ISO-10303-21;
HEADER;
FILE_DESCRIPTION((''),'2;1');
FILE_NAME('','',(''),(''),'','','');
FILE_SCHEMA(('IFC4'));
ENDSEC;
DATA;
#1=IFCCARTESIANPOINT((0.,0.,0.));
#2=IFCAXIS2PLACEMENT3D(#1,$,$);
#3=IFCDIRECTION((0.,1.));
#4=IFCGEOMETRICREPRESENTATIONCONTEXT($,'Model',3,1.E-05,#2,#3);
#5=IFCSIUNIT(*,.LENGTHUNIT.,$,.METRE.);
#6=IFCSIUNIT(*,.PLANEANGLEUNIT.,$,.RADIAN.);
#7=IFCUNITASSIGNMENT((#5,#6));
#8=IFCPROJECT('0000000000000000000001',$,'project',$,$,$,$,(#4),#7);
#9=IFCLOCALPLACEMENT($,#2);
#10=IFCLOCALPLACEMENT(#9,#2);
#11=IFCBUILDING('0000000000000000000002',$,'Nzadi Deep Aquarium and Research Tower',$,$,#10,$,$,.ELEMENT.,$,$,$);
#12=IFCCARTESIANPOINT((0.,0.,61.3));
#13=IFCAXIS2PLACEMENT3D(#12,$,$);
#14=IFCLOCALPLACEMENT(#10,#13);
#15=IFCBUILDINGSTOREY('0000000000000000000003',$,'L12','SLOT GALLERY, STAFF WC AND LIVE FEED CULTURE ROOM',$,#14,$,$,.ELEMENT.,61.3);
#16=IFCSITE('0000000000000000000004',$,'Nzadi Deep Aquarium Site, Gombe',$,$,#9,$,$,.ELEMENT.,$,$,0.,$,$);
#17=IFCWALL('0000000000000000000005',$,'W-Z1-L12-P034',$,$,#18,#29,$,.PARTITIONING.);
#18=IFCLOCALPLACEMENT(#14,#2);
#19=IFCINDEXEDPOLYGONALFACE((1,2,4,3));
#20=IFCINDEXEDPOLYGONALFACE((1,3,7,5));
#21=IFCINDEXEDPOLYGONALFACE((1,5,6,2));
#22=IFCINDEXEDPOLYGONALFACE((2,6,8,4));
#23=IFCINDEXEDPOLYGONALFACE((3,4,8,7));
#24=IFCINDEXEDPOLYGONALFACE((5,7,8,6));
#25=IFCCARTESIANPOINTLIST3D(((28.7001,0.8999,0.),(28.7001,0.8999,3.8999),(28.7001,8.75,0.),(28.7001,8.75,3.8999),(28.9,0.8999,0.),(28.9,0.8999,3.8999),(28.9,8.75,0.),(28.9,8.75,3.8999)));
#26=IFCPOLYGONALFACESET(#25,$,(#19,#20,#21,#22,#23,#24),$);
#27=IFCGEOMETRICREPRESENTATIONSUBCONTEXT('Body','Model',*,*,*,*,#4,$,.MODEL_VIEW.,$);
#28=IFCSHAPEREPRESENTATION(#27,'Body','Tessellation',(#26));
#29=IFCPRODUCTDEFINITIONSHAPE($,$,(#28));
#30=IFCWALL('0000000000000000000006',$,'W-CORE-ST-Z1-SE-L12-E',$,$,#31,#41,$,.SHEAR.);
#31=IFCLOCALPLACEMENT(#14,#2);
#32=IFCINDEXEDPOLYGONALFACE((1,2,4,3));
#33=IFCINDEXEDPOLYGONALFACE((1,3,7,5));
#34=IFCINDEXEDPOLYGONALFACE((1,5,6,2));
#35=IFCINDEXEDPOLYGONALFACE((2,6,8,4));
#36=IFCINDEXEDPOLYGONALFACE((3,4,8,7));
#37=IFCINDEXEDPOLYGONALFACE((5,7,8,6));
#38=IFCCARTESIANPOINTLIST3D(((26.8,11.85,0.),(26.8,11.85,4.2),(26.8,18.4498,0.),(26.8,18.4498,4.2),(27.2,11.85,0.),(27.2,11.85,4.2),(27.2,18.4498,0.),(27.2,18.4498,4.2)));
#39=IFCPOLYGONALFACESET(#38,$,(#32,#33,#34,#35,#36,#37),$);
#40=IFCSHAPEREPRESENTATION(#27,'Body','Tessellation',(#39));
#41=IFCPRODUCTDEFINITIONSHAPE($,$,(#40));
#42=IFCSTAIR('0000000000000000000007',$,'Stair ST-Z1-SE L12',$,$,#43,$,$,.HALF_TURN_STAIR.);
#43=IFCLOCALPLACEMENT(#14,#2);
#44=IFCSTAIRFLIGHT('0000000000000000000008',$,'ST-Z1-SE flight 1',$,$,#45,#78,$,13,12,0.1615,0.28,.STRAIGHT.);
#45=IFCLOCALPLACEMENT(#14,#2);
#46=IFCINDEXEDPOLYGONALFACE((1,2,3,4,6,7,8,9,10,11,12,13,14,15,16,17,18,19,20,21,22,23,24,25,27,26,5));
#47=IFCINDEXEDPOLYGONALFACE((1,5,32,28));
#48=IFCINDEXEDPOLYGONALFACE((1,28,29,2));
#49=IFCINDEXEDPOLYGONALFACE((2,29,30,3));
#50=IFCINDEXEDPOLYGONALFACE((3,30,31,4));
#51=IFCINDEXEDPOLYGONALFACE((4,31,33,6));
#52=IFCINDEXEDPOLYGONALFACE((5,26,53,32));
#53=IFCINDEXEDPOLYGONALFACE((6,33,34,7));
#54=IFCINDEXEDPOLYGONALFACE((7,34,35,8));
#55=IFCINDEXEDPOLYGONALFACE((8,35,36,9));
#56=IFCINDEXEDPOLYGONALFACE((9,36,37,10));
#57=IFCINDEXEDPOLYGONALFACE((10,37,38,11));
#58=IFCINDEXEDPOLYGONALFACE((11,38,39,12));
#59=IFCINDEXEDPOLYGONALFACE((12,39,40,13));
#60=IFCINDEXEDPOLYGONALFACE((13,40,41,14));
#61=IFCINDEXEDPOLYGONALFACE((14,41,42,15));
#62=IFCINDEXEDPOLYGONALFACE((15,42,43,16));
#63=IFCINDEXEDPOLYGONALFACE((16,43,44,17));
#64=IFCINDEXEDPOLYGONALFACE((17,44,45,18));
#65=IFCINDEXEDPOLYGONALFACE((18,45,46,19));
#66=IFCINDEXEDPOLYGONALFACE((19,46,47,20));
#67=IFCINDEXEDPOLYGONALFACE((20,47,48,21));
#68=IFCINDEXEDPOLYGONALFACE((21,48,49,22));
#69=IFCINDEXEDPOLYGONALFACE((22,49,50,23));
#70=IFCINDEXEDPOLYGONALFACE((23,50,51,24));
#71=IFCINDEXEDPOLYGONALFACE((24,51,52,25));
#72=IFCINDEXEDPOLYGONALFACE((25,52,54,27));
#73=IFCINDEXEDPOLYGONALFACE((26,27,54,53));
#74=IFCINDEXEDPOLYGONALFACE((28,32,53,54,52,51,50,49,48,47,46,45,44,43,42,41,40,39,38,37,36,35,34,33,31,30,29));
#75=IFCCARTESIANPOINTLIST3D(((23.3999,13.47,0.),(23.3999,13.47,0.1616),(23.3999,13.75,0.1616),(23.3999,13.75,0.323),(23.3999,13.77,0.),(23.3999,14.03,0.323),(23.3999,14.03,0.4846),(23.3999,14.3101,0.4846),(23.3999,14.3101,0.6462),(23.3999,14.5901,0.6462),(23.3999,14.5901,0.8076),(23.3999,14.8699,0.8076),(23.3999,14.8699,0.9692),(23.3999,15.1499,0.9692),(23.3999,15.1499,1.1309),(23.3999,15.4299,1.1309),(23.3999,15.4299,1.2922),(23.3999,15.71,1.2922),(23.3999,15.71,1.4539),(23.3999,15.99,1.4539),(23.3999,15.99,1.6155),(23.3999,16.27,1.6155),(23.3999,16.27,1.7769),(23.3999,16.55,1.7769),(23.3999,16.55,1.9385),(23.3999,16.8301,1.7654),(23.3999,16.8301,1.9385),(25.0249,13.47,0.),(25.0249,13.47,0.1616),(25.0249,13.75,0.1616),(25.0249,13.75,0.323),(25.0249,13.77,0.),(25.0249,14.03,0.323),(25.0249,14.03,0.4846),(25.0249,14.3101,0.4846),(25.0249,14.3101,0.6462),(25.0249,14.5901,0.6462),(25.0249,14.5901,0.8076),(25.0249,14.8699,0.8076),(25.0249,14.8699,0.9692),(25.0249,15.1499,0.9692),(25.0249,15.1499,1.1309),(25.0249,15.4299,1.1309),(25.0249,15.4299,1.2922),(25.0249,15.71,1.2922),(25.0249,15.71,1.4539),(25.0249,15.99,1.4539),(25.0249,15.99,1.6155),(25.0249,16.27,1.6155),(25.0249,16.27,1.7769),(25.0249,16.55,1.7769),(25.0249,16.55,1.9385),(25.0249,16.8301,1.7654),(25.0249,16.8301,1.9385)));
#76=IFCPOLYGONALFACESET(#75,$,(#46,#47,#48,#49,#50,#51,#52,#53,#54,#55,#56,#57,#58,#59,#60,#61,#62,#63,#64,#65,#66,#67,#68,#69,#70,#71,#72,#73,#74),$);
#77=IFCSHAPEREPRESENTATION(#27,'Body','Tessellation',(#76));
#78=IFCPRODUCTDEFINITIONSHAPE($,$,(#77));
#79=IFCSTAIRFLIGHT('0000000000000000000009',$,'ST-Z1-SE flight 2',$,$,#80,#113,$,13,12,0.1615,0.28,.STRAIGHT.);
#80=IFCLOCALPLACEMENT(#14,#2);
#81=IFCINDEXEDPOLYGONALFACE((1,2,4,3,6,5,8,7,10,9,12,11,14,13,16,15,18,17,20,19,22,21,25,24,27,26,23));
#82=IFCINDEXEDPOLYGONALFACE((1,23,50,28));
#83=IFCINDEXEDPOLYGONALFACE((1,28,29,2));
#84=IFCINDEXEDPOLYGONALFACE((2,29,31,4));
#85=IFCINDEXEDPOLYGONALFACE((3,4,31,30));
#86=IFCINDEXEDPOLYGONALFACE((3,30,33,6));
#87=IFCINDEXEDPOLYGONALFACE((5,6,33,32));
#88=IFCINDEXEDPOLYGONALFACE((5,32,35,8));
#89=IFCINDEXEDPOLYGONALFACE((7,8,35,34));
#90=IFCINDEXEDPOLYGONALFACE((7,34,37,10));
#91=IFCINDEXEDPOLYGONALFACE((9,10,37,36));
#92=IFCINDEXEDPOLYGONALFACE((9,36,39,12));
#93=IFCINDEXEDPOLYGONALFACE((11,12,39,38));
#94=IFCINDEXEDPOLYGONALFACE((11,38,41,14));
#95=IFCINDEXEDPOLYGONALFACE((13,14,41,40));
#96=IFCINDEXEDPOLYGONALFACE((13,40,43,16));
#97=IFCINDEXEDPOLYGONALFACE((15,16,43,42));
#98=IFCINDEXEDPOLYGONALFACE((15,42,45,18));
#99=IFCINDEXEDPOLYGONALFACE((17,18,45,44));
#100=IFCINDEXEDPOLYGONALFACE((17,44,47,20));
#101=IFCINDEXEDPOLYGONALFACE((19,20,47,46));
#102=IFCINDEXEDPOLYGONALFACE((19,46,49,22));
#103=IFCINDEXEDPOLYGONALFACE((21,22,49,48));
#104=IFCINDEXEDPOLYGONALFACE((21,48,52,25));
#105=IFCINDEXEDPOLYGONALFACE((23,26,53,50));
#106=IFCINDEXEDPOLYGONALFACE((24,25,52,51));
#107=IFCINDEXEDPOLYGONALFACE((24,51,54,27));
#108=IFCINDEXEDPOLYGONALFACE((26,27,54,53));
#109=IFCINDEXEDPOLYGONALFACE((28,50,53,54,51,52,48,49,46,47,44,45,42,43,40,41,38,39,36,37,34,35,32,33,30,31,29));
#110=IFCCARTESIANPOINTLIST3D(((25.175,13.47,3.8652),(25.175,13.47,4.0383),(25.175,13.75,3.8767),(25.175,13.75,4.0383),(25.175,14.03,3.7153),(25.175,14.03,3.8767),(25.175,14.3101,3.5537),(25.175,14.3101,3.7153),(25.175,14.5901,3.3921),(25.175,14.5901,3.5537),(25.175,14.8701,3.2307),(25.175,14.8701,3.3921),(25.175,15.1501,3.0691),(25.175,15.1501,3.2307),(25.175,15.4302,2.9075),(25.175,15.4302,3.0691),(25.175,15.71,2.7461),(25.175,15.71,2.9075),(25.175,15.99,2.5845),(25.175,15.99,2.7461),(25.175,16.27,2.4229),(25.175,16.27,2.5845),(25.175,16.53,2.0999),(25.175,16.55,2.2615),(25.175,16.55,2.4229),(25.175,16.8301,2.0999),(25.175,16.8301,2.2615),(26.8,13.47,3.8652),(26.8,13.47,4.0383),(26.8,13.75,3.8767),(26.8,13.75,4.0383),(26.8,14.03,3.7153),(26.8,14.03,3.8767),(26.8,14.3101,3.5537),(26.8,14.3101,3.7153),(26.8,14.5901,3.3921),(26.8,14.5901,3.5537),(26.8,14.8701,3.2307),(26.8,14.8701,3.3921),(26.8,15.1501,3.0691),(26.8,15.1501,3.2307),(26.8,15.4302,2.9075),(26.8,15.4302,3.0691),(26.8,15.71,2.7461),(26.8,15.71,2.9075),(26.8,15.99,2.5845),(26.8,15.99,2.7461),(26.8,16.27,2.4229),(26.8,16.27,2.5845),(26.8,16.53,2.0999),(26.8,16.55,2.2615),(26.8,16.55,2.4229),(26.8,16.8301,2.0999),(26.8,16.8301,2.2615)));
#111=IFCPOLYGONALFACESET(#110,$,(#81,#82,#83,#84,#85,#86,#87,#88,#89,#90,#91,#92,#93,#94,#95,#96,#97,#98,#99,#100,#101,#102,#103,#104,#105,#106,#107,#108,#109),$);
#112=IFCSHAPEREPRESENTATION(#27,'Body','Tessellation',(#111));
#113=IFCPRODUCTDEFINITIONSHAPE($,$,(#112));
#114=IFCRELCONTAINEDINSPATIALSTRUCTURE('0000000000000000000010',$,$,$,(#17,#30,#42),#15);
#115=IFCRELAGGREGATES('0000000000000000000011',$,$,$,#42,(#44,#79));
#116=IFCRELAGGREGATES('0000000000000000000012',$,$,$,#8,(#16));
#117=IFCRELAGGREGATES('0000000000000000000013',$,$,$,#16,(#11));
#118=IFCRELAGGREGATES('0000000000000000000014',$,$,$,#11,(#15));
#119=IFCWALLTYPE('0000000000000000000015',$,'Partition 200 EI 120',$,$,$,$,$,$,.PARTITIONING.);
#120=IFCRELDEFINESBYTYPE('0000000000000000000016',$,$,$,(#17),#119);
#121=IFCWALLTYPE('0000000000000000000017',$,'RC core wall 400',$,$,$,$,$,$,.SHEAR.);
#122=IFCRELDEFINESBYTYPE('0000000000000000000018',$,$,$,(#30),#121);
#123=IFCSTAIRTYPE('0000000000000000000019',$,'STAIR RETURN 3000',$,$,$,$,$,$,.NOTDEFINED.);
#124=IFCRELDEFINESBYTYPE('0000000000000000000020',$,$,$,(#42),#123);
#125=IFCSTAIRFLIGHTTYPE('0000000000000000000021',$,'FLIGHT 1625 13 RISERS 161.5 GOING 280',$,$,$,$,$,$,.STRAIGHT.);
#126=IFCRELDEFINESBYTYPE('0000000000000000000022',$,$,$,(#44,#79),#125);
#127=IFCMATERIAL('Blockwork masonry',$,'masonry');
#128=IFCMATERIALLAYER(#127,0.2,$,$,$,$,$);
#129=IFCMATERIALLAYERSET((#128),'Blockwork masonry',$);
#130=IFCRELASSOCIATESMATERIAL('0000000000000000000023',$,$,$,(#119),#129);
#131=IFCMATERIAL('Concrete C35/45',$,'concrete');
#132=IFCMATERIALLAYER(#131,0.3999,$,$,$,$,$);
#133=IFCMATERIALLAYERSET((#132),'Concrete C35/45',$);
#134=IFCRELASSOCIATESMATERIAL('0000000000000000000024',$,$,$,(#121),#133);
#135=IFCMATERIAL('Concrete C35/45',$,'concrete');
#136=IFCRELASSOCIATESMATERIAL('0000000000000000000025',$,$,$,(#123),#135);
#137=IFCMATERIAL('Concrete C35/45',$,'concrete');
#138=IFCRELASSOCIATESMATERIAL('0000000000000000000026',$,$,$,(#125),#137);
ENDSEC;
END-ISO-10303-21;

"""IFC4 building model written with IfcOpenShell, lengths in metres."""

from ifc_helpers import new_model, si_unit, direction, frame, frame_2d, origin, place, context, subcontext, project, spatial, polyline, rectangle, outline, extrude, material, layer, layer_set, type_object, element, aggregate, save


model = new_model("IFC4")

# Units and contexts
model_context = context("Model", 3, precision=1e-05, world=origin(), true_north=direction((0.0, 1.0)))
body_context = subcontext(model_context, "Body", "Model", "MODEL_VIEW")
ifc_project = project(units=[si_unit("LENGTHUNIT", "METRE"), si_unit("PLANEANGLEUNIT", "RADIAN")], contexts=[model_context])

# Site, building, storey
site_placement = place(None, origin())
site = spatial("IfcSite", under=ifc_project, at=site_placement, Name="Nzadi Deep Aquarium Site, Gombe", CompositionType="ELEMENT", RefElevation=0.0)
building_placement = place(site_placement, origin())
building = spatial("IfcBuilding", under=site, at=building_placement, Name="Nzadi Deep Aquarium and Research Tower", CompositionType="ELEMENT")
storey_placement = place(building_placement, frame((0.0, 0.0, 61.3)))
storey = spatial("IfcBuildingStorey", under=building, at=storey_placement, Name="L12", Description="SLOT GALLERY, STAFF WC AND LIVE FEED CULTURE ROOM", CompositionType="ELEMENT", Elevation=61.3)

# Shared definitions
ifc_material_1 = material(Name="Blockwork masonry", Category="masonry")
ifc_layer_1 = layer(ifc_material_1, 0.2)
ifc_layer_set_1 = layer_set([ifc_layer_1], Name="Blockwork masonry")
wall_type_1 = type_object("IfcWallType", Name="Partition 200 EI 120", PredefinedType="PARTITIONING", material=ifc_layer_set_1)

# Walls
wall_1_placement = place(storey_placement, frame((28.8, 0.8999, 0.0), z_axis=(0.0, 0.0, 1.0), x_axis=(0.0, 1.0, 0.0)))
element("IfcWall", 1, at=wall_1_placement, inside=storey, type_object=wall_type_1, Name="W-Z1-L12-P034", PredefinedType="PARTITIONING", context=body_context, shape_type="SweptSolid", body=[
    extrude(rectangle(XDim=7.8501, YDim=0.2, at=frame_2d((3.925, 0.0))), origin(), (0.0, 0.0, 1.0), 3.8999),
])
ifc_material_2 = material(Name="Concrete C35/45", Category="concrete")
ifc_layer_2 = layer(ifc_material_2, 0.3999)
ifc_layer_set_2 = layer_set([ifc_layer_2], Name="Concrete C35/45")
wall_type_2 = type_object("IfcWallType", Name="RC core wall 400", PredefinedType="SHEAR", material=ifc_layer_set_2)
wall_2_placement = place(storey_placement, frame((27.0, 11.8501, 0.0), z_axis=(0.0, 0.0, 1.0), x_axis=(0.0, 1.0, 0.0)))
element("IfcWall", 2, at=wall_2_placement, inside=storey, type_object=wall_type_2, Name="W-CORE-ST-Z1-SE-L12-E", PredefinedType="SHEAR", context=body_context, shape_type="SweptSolid", body=[
    extrude(rectangle(XDim=6.5999, YDim=0.3999, at=frame_2d((3.2998, 0.0))), origin(), (0.0, 0.0, 1.0), 4.2),
])

# Stair, stair flights
ifc_material_3 = material(Name="Concrete C35/45", Category="concrete")
stair_type = type_object("IfcStairType", Name="STAIR RETURN 3000", PredefinedType="NOTDEFINED", material=ifc_material_3)
stair_placement = place(storey_placement, origin())
stair = element("IfcStair", 3, at=stair_placement, inside=storey, type_object=stair_type, Name="Stair ST-Z1-SE L12", PredefinedType="HALF_TURN_STAIR")
ifc_material_4 = material(Name="Concrete C35/45", Category="concrete")
stair_flight_type = type_object("IfcStairFlightType", Name="FLIGHT 1625 13 RISERS 161.5 GOING 280", PredefinedType="STRAIGHT", material=ifc_material_4)
stair_flight_1_placement = place(storey_placement, frame((24.2124, 13.47, 0.0), z_axis=(0.0, 0.0, 1.0), x_axis=(0.0, 1.0, 0.0)))
stair_flight_1 = element("IfcStairFlight", 4, at=stair_flight_1_placement, type_object=stair_flight_type, Name="ST-Z1-SE flight 1", NumberOfRisers=13, NumberOfTreads=12, PredefinedType="STRAIGHT", RiserHeight=0.1615, TreadLength=0.28, context=body_context, shape_type="SweptSolid", body=[
    extrude(outline(polyline([(0.0, 0.0), (0.0, 0.1616), (0.28, 0.1616), (0.28, 0.323), (0.5601, 0.323), (0.5601, 0.4846), (0.8401, 0.4846), (0.8401, 0.6462), (1.1201, 0.6462), (1.1201, 0.8076), (1.3999, 0.8076), (1.3999, 0.9692), (1.6799, 0.9692), (1.6799, 1.1309), (1.96, 1.1309), (1.96, 1.2922), (2.24, 1.2922), (2.24, 1.4539), (2.52, 1.4539), (2.52, 1.6155), (2.8, 1.6155), (2.8, 1.7769), (3.0801, 1.7769), (3.0801, 1.9385), (3.3601, 1.9385), (3.3601, 2.1001), (3.3601, 1.7654), (0.3, 0.0), (0.0, 0.0)])), frame((0.0, 0.8125, 0.0), z_axis=(0.0, -1.0, 0.0), x_axis=(1.0, 0.0, 0.0)), (0.0, 0.0, 1.0), 1.625),
])
stair_flight_2_placement = place(storey_placement, frame((25.9875, 16.8301, 2.0999), z_axis=(0.0, 0.0, 1.0), x_axis=(0.0, -1.0, 0.0)))
stair_flight_2 = element("IfcStairFlight", 5, at=stair_flight_2_placement, type_object=stair_flight_type, Name="ST-Z1-SE flight 2", NumberOfRisers=13, NumberOfTreads=12, PredefinedType="STRAIGHT", RiserHeight=0.1615, TreadLength=0.28, context=body_context, shape_type="SweptSolid", body=[
    extrude(outline(polyline([(0.0, 0.0), (0.0, 0.1616), (0.28, 0.1616), (0.28, 0.323), (0.5601, 0.323), (0.5601, 0.4846), (0.8401, 0.4846), (0.8401, 0.6462), (1.1201, 0.6462), (1.1201, 0.8076), (1.3999, 0.8076), (1.3999, 0.9692), (1.6799, 0.9692), (1.6799, 1.1309), (1.96, 1.1309), (1.96, 1.2922), (2.24, 1.2922), (2.24, 1.4539), (2.52, 1.4539), (2.52, 1.6155), (2.8, 1.6155), (2.8, 1.7769), (3.0801, 1.7769), (3.0801, 1.9385), (3.3601, 1.9385), (3.3601, 2.1001), (3.3601, 1.7654), (0.3, 0.0), (0.0, 0.0)])), frame((0.0, 0.8125, 0.0), z_axis=(0.0, -1.0, 0.0), x_axis=(1.0, 0.0, 0.0)), (0.0, 0.0, 1.0), 1.625),
])
aggregate(stair, [stair_flight_1, stair_flight_2])

save(model, "model.ifc")
